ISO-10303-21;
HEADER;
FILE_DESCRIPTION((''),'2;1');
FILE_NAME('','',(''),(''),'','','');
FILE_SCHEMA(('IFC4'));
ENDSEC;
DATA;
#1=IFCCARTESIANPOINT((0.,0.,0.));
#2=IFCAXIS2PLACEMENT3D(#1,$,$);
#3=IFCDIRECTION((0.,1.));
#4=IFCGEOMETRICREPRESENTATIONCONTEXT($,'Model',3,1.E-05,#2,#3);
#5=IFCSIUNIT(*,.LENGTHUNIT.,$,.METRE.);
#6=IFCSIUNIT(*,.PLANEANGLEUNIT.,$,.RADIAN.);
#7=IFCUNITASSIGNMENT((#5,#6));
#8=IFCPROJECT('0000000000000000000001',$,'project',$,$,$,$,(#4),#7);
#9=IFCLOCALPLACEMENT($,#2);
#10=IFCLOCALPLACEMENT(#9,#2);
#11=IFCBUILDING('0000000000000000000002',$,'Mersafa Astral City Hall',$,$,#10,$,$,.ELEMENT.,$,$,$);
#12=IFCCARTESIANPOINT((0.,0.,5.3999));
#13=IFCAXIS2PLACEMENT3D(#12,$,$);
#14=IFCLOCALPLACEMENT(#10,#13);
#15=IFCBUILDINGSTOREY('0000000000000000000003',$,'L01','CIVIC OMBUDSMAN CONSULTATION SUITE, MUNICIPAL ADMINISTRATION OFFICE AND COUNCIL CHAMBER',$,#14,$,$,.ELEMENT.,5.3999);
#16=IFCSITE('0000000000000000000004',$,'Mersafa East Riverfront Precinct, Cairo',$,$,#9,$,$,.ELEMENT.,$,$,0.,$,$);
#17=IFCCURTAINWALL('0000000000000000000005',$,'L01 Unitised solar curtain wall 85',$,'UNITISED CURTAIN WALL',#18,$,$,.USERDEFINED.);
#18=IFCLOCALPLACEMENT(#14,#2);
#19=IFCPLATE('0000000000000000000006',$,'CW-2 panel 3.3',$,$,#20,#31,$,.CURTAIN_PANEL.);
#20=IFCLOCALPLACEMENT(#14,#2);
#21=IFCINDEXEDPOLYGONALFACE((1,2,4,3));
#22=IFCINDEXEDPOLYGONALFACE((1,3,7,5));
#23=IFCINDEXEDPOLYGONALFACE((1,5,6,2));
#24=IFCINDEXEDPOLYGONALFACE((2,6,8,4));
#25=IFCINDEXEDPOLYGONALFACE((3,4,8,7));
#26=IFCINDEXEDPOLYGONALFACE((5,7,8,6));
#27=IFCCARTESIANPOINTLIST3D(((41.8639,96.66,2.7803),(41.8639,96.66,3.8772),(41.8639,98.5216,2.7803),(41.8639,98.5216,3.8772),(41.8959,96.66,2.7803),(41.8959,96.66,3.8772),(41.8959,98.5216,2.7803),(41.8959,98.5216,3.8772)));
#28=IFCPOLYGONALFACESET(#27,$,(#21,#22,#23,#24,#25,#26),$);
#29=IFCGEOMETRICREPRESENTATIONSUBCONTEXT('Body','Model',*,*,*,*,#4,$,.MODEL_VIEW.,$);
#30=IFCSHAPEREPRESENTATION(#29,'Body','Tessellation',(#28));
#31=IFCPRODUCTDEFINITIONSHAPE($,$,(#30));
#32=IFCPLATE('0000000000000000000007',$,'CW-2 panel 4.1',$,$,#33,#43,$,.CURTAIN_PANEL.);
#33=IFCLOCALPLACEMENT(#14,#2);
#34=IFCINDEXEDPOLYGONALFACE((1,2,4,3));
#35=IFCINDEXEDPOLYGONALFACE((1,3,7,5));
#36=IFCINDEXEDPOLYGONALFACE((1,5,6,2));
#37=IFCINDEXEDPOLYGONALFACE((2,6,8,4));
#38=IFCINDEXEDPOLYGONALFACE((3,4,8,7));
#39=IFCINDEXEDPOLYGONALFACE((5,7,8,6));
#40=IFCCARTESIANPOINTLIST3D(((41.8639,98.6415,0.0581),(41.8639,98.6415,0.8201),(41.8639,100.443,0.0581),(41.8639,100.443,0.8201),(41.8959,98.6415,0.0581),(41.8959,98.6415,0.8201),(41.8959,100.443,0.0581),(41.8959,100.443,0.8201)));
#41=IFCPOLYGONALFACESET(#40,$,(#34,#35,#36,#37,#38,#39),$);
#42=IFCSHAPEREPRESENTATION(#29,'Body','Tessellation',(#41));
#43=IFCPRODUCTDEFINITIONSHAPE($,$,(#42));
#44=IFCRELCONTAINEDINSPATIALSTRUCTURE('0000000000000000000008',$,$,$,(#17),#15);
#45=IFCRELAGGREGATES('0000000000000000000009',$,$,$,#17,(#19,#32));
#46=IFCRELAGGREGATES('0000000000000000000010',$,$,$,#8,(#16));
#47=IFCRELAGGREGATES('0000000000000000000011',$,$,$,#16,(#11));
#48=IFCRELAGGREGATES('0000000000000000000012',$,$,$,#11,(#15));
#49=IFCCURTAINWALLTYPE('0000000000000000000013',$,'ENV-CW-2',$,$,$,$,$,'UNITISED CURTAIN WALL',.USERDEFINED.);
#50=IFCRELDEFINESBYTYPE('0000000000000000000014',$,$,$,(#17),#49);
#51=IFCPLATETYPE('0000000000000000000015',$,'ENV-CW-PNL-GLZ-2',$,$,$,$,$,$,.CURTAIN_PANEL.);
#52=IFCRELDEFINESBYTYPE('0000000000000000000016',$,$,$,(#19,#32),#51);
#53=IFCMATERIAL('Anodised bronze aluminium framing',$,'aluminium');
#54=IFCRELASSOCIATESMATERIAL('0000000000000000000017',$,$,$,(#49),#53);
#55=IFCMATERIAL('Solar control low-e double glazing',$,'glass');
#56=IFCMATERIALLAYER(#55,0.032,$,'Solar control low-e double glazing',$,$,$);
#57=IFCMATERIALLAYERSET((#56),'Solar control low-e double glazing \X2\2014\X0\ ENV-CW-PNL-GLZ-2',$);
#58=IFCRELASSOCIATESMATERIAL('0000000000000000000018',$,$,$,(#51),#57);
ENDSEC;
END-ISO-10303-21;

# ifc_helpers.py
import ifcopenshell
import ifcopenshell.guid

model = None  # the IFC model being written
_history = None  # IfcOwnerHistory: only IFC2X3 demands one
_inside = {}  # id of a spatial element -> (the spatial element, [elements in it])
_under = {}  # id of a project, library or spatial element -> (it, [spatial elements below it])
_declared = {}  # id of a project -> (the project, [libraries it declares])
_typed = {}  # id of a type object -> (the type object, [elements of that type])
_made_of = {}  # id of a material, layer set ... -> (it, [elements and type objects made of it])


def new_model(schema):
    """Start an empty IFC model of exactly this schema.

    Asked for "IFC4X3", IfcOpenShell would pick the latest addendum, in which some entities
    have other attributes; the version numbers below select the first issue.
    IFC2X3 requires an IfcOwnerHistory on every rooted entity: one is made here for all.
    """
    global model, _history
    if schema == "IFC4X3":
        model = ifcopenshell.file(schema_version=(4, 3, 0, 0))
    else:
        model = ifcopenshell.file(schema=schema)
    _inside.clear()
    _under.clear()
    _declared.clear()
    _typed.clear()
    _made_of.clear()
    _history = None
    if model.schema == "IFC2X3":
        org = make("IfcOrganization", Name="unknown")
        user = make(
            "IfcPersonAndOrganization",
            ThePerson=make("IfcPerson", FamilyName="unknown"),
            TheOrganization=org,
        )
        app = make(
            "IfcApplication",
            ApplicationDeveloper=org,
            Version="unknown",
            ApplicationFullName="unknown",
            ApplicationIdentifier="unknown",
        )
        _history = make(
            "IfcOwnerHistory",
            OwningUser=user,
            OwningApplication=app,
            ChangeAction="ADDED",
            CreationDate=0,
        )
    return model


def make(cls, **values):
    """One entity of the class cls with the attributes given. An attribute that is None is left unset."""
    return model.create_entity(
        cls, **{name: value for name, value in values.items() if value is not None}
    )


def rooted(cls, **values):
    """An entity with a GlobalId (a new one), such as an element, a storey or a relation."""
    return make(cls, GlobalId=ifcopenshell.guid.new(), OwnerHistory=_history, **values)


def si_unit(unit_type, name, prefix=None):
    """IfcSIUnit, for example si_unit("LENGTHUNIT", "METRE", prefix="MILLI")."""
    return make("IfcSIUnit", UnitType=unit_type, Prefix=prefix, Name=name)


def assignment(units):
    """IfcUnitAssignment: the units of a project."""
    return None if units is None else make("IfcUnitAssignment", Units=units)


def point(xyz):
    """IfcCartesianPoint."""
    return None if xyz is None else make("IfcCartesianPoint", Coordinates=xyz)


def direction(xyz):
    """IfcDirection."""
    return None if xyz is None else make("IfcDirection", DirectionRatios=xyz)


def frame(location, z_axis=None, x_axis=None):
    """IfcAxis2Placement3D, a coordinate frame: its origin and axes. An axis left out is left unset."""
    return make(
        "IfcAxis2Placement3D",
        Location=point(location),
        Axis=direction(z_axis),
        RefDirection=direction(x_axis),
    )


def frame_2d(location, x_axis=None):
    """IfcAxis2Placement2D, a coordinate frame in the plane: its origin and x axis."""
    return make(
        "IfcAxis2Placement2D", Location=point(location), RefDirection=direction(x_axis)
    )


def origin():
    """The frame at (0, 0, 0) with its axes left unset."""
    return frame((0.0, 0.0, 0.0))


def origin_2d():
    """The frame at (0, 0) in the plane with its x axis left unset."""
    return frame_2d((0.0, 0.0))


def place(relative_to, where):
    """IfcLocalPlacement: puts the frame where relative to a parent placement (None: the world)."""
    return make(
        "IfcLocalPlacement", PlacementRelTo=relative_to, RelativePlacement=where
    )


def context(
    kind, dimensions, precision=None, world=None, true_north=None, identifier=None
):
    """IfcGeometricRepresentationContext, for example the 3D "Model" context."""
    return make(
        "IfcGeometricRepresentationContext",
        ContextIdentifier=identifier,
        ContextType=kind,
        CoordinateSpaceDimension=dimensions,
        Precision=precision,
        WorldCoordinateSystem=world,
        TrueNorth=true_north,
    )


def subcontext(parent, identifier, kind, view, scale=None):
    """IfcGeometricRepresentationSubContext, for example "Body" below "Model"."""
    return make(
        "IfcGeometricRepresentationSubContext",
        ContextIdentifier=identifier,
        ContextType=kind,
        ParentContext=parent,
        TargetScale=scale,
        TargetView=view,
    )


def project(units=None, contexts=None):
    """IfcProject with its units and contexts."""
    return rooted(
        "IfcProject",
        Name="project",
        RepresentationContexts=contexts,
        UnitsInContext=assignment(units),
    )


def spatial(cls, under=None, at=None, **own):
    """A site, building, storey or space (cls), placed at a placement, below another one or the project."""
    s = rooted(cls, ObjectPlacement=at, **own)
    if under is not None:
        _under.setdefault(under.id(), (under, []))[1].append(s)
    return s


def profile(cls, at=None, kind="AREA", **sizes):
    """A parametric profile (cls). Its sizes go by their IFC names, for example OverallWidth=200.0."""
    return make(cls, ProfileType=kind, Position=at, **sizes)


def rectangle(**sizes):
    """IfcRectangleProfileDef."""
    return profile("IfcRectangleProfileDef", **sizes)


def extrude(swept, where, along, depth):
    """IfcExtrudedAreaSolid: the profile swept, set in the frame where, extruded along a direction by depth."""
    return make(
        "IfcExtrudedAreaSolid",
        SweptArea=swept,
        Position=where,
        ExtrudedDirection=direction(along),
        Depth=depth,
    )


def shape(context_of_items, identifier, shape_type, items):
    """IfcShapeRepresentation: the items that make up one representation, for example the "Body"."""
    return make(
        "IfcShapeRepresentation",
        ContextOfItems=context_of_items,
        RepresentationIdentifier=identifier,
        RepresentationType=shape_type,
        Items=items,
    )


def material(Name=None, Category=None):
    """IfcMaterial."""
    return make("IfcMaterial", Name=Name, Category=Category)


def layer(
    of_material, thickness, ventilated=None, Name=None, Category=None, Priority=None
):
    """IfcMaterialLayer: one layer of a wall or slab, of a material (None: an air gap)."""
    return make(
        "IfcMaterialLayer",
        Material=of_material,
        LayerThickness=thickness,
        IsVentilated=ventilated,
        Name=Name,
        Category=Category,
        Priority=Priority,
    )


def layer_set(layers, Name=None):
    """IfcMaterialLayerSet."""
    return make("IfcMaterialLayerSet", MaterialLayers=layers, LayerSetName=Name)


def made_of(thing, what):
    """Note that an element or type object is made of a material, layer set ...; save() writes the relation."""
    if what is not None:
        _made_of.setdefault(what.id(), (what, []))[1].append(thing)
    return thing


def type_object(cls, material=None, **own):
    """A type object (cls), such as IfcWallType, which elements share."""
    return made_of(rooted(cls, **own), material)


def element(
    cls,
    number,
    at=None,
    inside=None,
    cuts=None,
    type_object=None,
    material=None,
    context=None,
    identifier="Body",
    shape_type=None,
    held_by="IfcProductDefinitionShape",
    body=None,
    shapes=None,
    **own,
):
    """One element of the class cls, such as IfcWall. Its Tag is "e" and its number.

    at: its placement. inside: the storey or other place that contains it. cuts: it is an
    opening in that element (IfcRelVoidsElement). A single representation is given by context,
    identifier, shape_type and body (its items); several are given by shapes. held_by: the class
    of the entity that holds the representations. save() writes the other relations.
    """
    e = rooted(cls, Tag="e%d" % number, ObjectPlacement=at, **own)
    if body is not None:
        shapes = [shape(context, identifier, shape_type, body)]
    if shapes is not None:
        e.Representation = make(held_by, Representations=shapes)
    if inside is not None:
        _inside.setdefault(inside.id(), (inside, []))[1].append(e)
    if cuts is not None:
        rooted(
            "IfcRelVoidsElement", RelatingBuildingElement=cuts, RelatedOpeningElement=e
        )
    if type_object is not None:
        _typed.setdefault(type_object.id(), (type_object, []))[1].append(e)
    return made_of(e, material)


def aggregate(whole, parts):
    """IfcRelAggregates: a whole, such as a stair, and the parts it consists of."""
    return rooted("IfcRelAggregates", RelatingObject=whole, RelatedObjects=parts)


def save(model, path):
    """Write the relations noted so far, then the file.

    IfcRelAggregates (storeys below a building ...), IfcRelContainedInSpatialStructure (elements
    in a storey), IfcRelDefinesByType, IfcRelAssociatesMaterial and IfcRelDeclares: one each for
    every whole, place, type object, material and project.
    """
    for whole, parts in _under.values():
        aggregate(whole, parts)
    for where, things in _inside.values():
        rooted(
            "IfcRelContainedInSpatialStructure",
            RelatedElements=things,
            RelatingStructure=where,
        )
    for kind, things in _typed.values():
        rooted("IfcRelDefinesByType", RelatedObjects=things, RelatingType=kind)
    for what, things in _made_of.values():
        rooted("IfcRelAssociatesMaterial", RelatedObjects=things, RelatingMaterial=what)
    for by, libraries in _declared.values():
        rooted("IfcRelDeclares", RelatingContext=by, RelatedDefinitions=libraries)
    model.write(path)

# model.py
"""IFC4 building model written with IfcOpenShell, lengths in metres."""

from ifc_helpers import new_model, si_unit, direction, frame, origin, origin_2d, place, context, subcontext, project, spatial, rectangle, extrude, material, layer, layer_set, type_object, element, aggregate, save


model = new_model("IFC4")

# Units and contexts
model_context = context("Model", 3, precision=1e-05, world=origin(), true_north=direction((0.0, 1.0)))
body_context = subcontext(model_context, "Body", "Model", "MODEL_VIEW")
ifc_project = project(units=[si_unit("LENGTHUNIT", "METRE"), si_unit("PLANEANGLEUNIT", "RADIAN")], contexts=[model_context])

# Site, building, storey
site_placement = place(None, origin())
site = spatial("IfcSite", under=ifc_project, at=site_placement, Name="Mersafa East Riverfront Precinct, Cairo", CompositionType="ELEMENT", RefElevation=0.0)
building_placement = place(site_placement, origin())
building = spatial("IfcBuilding", under=site, at=building_placement, Name="Mersafa Astral City Hall", CompositionType="ELEMENT")
storey_placement = place(building_placement, frame((0.0, 0.0, 5.3999)))
storey = spatial("IfcBuildingStorey", under=building, at=storey_placement, Name="L01", Description="CIVIC OMBUDSMAN CONSULTATION SUITE, MUNICIPAL ADMINISTRATION OFFICE AND COUNCIL CHAMBER", CompositionType="ELEMENT", Elevation=5.3999)

# Curtain wall
ifc_material_1 = material(Name="Anodised bronze aluminium framing", Category="aluminium")
curtain_wall_type = type_object("IfcCurtainWallType", Name="ENV-CW-2", ElementType="UNITISED CURTAIN WALL", PredefinedType="USERDEFINED", material=ifc_material_1)
curtain_wall_placement = place(storey_placement, origin())
curtain_wall = element("IfcCurtainWall", 1, at=curtain_wall_placement, inside=storey, type_object=curtain_wall_type, Name="L01 Unitised solar curtain wall 85", ObjectType="UNITISED CURTAIN WALL", PredefinedType="USERDEFINED")

# Plates
ifc_material_2 = material(Name="Solar control low-e double glazing", Category="glass")
ifc_layer = layer(ifc_material_2, 0.032, Name="Solar control low-e double glazing")
ifc_layer_set = layer_set([ifc_layer], Name="Solar control low-e double glazing — ENV-CW-PNL-GLZ-2")
plate_type = type_object("IfcPlateType", Name="ENV-CW-PNL-GLZ-2", PredefinedType="CURTAIN_PANEL", material=ifc_layer_set)
plate_1_placement = place(storey_placement, frame((41.8799, 97.5908, 2.7803), z_axis=(0.0, 0.0, 1.0), x_axis=(0.0, 1.0, 0.0)))
plate_1 = element("IfcPlate", 2, at=plate_1_placement, type_object=plate_type, Name="CW-2 panel 3.3", PredefinedType="CURTAIN_PANEL", context=body_context, shape_type="SweptSolid", body=[
    extrude(rectangle(XDim=1.8616, YDim=0.032, at=origin_2d()), origin(), (0.0, 0.0, 1.0), 1.0969),
])
plate_2_placement = place(storey_placement, frame((41.8799, 99.5422, 0.0581), z_axis=(0.0, 0.0, 1.0), x_axis=(0.0, 1.0, 0.0)))
plate_2 = element("IfcPlate", 3, at=plate_2_placement, type_object=plate_type, Name="CW-2 panel 4.1", PredefinedType="CURTAIN_PANEL", context=body_context, shape_type="SweptSolid", body=[
    extrude(rectangle(XDim=1.8015, YDim=0.032, at=origin_2d()), origin(), (0.0, 0.0, 1.0), 0.762),
])
aggregate(curtain_wall, [plate_1, plate_2])

save(model, "model.ifc")
